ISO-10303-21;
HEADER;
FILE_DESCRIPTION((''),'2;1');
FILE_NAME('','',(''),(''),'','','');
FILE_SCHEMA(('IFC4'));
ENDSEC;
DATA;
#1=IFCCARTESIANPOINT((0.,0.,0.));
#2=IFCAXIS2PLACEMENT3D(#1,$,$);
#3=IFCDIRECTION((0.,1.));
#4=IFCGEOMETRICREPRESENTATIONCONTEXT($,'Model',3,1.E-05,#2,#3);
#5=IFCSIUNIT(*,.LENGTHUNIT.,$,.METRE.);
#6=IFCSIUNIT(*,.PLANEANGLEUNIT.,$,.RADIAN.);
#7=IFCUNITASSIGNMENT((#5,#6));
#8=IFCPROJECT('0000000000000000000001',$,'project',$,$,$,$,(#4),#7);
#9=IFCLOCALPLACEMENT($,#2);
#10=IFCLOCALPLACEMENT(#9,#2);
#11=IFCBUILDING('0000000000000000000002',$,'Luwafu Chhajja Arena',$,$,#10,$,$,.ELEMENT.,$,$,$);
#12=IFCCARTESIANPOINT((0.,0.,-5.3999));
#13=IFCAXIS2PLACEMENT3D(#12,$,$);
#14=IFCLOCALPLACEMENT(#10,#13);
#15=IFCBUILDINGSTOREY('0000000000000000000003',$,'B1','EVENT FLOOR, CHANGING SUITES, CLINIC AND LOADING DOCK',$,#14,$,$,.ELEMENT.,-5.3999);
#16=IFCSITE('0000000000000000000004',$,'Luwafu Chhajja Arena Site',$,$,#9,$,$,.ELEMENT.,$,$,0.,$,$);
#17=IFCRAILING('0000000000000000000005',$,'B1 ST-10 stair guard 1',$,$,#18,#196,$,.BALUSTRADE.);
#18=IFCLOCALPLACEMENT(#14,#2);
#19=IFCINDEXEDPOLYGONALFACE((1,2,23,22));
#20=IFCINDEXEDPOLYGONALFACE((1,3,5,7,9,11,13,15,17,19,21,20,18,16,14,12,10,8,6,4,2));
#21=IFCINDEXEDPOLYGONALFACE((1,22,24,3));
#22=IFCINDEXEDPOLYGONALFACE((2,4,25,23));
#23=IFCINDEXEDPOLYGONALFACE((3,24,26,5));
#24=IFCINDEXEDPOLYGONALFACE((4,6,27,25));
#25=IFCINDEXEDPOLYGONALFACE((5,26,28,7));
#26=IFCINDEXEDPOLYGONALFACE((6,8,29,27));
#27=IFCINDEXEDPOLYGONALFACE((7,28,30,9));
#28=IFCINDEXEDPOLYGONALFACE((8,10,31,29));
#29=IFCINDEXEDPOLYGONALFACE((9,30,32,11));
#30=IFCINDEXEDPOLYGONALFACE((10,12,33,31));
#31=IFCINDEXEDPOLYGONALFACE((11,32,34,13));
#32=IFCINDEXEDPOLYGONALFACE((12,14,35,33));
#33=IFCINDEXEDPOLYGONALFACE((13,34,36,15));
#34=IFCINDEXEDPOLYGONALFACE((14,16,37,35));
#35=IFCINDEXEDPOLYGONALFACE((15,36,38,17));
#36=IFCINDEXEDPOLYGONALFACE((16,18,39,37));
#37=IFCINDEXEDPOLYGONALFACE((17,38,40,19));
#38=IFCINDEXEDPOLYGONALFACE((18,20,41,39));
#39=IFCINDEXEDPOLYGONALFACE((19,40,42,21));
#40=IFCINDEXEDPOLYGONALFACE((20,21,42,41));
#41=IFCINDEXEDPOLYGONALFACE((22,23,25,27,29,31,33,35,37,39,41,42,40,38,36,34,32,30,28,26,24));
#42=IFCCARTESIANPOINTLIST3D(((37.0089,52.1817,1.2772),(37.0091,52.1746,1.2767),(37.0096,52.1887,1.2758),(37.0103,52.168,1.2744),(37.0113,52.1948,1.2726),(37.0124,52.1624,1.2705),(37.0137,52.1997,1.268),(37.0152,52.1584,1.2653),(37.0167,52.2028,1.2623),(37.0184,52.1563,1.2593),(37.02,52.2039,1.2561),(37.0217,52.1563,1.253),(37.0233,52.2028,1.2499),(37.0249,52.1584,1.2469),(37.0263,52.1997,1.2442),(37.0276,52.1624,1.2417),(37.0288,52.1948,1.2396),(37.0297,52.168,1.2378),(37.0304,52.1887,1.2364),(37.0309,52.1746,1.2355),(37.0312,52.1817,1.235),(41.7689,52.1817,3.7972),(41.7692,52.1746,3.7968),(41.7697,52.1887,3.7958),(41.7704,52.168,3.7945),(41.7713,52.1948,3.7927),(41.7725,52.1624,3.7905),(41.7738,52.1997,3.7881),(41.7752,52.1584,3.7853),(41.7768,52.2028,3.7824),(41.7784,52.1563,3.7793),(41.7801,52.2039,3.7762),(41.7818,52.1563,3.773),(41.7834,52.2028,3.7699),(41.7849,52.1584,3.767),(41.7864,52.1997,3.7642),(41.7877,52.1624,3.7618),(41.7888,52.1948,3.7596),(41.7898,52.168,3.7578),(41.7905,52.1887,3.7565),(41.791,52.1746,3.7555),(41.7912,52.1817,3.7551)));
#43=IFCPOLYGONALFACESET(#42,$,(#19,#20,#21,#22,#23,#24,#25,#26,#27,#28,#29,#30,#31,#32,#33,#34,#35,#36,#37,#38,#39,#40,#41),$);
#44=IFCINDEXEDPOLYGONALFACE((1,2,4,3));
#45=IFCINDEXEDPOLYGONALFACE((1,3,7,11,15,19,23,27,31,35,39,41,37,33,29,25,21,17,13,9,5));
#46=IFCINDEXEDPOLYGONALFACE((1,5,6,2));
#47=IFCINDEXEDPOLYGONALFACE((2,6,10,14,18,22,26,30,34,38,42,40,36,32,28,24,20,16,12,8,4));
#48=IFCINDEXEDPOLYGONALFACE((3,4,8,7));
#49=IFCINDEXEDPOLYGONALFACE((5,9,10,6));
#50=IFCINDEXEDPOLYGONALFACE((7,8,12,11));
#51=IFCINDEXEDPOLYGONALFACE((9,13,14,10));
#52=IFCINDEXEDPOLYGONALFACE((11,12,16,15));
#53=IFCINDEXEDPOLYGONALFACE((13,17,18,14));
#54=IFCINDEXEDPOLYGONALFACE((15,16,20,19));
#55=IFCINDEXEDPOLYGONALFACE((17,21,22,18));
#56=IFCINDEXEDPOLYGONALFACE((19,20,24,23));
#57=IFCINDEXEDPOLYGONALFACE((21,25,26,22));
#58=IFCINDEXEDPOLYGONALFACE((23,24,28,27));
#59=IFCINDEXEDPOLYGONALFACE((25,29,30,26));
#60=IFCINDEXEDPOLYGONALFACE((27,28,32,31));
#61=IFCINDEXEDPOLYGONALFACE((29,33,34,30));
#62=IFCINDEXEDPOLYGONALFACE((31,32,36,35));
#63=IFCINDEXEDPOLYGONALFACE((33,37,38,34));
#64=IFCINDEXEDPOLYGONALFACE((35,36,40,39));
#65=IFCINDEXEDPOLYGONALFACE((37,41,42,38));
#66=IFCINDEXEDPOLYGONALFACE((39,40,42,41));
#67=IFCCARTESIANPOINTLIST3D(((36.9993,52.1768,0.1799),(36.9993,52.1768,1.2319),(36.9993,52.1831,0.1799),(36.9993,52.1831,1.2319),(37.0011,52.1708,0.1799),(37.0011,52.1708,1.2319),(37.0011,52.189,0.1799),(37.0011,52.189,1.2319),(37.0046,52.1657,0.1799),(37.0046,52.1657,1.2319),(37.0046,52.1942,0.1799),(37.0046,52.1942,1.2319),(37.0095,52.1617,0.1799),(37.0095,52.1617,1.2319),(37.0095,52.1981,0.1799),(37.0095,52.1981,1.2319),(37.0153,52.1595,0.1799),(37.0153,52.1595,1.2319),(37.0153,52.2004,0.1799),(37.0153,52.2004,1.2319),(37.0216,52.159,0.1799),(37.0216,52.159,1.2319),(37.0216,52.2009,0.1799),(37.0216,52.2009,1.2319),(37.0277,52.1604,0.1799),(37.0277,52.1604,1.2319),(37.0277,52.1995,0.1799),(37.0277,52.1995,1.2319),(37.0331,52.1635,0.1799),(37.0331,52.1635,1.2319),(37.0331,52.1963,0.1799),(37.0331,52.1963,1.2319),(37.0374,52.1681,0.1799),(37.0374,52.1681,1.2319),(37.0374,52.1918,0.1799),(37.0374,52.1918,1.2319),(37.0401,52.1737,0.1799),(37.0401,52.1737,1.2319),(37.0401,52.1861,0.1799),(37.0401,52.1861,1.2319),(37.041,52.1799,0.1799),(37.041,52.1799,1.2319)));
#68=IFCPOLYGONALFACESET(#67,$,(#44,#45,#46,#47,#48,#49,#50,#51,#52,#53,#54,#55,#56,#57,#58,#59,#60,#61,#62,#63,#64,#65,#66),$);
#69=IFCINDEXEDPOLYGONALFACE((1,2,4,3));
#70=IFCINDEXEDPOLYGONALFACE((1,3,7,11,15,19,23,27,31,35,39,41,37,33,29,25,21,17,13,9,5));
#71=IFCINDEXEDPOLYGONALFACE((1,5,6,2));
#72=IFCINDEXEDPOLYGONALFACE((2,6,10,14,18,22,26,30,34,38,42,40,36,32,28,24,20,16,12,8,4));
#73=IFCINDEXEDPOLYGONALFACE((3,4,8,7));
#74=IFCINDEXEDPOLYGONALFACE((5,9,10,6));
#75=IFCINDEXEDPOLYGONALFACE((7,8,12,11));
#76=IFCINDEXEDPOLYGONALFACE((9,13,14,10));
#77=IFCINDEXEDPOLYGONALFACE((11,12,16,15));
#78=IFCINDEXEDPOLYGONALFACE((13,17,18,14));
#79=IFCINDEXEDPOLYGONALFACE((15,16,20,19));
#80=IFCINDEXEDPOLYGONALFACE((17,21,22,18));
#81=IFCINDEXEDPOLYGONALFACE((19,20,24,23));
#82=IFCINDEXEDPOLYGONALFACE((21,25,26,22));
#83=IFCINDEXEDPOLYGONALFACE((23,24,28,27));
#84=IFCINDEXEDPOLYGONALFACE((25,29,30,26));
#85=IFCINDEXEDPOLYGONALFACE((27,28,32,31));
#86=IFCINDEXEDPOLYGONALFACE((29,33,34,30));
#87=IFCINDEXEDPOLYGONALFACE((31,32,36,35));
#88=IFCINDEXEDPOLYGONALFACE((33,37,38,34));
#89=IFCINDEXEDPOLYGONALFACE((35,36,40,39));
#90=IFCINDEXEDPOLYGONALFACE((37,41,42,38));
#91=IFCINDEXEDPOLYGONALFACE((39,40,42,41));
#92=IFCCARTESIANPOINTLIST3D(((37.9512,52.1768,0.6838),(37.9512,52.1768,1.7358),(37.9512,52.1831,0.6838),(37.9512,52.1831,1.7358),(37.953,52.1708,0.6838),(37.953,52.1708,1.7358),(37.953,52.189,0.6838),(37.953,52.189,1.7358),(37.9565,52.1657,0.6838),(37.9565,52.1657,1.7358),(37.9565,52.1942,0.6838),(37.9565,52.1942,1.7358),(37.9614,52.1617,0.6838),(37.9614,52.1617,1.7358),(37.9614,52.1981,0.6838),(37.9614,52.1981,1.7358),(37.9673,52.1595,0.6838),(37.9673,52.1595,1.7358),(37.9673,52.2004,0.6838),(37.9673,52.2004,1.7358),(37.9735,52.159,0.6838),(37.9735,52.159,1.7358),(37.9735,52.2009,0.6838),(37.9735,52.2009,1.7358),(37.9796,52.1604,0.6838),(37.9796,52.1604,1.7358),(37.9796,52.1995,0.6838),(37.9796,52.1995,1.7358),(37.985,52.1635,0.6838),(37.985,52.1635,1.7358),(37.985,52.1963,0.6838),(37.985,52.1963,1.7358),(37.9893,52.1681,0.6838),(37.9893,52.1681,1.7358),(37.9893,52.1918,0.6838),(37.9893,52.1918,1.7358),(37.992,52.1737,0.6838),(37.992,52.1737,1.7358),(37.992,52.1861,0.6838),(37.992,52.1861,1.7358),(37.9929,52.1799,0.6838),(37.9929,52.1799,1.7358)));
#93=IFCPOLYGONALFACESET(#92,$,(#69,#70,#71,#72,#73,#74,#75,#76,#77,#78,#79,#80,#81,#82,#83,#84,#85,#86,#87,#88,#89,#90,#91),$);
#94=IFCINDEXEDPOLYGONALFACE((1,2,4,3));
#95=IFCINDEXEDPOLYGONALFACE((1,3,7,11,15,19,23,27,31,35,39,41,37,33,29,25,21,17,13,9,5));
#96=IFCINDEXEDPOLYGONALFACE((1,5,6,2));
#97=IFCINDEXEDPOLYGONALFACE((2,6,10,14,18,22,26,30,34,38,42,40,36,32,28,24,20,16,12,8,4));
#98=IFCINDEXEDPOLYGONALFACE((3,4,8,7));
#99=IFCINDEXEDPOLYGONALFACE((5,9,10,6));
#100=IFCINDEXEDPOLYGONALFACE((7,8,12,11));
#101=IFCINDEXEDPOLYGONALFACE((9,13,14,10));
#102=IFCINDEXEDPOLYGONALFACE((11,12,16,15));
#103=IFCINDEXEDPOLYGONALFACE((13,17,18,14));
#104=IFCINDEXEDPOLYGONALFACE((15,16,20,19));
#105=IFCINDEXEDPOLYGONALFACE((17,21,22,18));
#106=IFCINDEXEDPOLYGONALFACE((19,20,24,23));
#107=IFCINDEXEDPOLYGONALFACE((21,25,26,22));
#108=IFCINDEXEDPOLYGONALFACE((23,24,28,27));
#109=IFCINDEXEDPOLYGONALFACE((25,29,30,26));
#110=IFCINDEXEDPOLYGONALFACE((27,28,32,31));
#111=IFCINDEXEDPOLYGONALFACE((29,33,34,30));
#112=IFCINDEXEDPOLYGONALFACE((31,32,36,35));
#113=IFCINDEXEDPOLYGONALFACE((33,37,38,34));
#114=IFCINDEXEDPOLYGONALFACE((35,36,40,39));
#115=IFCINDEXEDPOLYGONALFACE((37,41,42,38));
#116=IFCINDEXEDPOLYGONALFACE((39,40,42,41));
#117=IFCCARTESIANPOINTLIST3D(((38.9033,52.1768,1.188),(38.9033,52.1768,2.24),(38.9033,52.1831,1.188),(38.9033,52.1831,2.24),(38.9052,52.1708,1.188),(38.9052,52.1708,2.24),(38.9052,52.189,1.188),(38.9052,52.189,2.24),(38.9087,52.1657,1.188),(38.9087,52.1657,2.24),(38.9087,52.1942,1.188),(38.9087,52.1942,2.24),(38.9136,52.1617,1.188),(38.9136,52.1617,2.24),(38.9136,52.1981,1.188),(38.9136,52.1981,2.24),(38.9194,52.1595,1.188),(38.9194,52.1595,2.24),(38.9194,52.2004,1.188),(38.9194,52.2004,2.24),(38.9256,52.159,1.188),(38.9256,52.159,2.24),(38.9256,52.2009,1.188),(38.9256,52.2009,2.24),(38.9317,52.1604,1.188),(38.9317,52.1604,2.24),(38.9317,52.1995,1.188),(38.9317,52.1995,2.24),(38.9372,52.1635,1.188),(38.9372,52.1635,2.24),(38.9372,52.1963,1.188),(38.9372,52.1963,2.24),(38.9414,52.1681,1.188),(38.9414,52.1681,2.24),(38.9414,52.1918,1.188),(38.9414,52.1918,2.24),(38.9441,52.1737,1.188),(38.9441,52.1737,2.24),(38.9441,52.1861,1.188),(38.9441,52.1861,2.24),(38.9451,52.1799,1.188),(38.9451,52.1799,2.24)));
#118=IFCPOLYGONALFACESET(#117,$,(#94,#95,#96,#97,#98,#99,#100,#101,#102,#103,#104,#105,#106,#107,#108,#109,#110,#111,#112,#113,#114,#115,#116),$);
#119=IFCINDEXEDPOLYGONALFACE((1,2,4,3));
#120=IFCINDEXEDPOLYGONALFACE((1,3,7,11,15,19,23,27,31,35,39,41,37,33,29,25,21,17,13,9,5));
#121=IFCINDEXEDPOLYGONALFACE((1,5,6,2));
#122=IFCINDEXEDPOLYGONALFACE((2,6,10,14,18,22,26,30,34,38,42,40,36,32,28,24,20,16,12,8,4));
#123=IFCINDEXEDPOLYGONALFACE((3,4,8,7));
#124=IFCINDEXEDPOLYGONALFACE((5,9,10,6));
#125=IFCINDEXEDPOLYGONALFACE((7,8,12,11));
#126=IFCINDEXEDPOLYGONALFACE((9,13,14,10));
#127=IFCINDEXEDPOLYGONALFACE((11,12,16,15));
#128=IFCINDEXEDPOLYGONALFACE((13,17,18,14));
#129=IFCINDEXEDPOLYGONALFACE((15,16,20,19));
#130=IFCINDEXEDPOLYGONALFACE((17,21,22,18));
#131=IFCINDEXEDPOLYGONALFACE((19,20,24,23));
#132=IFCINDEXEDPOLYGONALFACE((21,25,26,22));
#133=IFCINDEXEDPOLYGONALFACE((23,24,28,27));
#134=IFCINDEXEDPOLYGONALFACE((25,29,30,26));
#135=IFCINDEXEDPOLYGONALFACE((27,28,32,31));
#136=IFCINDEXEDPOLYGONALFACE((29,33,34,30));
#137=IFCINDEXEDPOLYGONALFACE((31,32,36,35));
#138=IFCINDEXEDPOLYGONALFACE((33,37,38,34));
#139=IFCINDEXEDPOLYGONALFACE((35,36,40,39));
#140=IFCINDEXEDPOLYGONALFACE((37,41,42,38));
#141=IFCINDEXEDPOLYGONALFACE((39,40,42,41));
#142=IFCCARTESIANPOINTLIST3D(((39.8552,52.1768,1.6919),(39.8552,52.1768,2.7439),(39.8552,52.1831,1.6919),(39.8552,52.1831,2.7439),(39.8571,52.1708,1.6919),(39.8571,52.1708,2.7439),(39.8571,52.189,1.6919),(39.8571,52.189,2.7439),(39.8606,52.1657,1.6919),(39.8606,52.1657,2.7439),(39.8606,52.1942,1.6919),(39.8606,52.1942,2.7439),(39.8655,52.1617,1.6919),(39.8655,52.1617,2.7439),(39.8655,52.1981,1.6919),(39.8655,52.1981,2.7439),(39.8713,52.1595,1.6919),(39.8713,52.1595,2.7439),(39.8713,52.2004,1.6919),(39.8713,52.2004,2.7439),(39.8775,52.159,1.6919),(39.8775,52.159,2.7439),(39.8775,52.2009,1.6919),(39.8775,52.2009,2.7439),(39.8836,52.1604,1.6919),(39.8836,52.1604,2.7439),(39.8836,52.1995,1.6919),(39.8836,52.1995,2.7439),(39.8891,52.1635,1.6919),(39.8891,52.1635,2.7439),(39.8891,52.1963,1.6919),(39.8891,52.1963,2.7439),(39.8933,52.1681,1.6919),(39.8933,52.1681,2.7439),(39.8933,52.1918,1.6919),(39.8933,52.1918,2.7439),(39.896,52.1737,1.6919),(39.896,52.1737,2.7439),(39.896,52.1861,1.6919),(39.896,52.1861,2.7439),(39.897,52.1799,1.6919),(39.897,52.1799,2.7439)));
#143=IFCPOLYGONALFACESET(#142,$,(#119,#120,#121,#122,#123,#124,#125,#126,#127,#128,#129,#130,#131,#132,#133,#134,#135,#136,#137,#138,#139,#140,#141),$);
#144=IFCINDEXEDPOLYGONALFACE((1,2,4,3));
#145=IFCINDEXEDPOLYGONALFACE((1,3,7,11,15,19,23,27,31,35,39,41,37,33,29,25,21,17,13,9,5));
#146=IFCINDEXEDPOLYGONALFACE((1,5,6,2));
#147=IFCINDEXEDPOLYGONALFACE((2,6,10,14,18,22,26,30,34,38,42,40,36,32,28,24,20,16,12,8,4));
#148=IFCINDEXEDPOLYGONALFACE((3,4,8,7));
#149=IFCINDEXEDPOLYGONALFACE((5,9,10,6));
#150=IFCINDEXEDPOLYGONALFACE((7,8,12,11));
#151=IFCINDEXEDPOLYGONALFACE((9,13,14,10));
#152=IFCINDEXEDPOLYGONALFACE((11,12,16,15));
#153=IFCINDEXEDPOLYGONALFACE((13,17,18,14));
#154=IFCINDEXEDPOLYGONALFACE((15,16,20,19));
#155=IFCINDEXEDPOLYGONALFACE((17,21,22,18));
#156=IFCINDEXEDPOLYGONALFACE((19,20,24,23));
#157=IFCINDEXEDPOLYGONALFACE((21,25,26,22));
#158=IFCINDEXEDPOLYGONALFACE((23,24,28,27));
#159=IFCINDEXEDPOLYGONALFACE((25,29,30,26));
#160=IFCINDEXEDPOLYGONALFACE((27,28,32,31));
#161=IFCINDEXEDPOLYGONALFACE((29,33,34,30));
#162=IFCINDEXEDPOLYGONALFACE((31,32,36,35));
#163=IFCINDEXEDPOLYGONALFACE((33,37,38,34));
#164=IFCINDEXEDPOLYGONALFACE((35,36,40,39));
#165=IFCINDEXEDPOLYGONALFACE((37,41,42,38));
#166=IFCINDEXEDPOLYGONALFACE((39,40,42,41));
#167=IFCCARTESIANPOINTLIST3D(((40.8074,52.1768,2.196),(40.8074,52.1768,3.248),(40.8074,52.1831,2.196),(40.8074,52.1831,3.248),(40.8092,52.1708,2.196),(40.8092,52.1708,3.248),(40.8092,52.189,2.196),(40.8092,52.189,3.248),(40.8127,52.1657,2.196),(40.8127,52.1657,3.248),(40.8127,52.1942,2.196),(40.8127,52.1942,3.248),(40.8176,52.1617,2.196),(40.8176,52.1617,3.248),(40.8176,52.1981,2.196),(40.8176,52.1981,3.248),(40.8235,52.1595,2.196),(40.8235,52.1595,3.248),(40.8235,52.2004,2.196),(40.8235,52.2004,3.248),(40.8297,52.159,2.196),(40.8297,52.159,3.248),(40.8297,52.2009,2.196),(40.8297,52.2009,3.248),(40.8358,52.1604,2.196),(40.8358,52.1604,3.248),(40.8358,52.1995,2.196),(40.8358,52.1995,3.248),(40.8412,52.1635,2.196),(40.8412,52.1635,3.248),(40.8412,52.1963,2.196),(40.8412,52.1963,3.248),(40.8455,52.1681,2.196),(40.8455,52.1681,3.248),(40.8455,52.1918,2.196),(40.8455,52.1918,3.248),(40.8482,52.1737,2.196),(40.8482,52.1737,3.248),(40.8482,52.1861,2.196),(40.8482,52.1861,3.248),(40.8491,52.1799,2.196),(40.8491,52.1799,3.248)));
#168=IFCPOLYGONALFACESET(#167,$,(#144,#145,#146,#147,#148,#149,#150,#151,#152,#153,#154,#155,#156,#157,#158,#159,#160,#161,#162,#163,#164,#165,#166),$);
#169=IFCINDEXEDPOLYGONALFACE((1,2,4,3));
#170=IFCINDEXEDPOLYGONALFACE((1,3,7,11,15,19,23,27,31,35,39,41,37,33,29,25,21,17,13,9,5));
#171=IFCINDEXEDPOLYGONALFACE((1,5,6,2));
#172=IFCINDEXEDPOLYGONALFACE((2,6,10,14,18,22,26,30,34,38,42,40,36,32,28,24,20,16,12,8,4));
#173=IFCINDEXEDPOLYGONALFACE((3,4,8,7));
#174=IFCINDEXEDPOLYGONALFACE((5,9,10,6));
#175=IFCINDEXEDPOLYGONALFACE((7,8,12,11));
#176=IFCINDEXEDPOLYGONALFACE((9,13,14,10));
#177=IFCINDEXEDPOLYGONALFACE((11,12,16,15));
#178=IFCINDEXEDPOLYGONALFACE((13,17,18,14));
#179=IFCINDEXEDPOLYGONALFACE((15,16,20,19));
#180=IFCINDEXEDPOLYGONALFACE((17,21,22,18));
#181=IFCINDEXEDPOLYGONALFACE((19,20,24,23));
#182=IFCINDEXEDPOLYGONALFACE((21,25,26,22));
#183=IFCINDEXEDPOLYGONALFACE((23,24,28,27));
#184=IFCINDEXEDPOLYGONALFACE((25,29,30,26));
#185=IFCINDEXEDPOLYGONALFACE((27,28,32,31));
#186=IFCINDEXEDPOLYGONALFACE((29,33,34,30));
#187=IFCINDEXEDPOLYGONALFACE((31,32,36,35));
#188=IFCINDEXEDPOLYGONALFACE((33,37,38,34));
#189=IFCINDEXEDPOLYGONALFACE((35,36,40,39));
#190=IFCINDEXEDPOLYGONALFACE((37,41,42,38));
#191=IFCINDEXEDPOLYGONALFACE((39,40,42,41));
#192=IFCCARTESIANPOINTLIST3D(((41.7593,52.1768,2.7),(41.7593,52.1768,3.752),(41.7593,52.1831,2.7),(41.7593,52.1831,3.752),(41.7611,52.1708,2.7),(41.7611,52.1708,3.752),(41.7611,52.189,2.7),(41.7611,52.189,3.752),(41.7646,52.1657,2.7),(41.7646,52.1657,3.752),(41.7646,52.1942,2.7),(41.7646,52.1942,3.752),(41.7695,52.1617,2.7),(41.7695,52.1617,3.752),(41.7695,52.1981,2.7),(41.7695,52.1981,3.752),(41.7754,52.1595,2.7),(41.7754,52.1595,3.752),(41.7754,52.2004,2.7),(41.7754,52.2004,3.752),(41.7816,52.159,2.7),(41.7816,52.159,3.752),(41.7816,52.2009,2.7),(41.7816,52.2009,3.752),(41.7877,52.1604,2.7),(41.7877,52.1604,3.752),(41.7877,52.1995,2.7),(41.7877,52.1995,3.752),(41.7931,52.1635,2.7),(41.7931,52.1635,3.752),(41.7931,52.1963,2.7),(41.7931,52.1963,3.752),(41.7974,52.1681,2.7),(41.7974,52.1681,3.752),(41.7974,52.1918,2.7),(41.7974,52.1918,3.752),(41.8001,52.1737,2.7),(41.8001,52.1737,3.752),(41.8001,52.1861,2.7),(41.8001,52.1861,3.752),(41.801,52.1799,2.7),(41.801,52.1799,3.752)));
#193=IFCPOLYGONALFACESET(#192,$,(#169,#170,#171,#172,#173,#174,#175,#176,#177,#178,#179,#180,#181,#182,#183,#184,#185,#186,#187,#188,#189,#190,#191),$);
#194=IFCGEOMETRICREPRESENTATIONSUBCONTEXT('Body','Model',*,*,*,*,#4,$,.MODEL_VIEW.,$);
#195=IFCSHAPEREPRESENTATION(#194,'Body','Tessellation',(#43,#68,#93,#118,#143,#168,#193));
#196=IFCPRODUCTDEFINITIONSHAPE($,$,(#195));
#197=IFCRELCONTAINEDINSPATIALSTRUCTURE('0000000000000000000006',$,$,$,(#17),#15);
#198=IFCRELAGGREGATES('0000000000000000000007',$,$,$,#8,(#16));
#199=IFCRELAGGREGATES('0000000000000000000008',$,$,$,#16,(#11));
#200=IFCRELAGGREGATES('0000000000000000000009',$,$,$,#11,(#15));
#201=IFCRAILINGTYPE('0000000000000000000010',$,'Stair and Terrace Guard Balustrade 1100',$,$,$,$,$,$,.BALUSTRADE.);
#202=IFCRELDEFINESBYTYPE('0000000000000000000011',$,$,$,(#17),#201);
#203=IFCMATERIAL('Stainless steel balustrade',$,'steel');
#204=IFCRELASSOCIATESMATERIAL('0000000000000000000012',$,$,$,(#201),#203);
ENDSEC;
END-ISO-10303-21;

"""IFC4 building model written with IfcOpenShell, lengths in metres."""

from ifc_helpers import new_model, si_unit, direction, frame, origin, origin_2d, place, context, subcontext, project, spatial, circle, extrude, material, type_object, element, save


model = new_model("IFC4")

# Units and contexts
model_context = context("Model", 3, precision=1e-05, world=origin(), true_north=direction((0.0, 1.0)))
body_context = subcontext(model_context, "Body", "Model", "MODEL_VIEW")
ifc_project = project(units=[si_unit("LENGTHUNIT", "METRE"), si_unit("PLANEANGLEUNIT", "RADIAN")], contexts=[model_context])

# Site, building, storey
site_placement = place(None, origin())
site = spatial("IfcSite", under=ifc_project, at=site_placement, Name="Luwafu Chhajja Arena Site", CompositionType="ELEMENT", RefElevation=0.0)
building_placement = place(site_placement, origin())
building = spatial("IfcBuilding", under=site, at=building_placement, Name="Luwafu Chhajja Arena", CompositionType="ELEMENT")
storey_placement = place(building_placement, frame((0.0, 0.0, -5.3999)))
storey = spatial("IfcBuildingStorey", under=building, at=storey_placement, Name="B1", Description="EVENT FLOOR, CHANGING SUITES, CLINIC AND LOADING DOCK", CompositionType="ELEMENT", Elevation=-5.3999)

# Railing
ifc_material_1 = material(Name="Stainless steel balustrade", Category="steel")
railing_type_1 = type_object("IfcRailingType", Name="Stair and Terrace Guard Balustrade 1100", PredefinedType="BALUSTRADE", material=ifc_material_1)
railing_1_placement = place(storey_placement, frame((37.02, 52.1799, 0.1799)))
element("IfcRailing", 1, at=railing_1_placement, inside=storey, type_object=railing_type_1, Name="B1 ST-10 stair guard 1", PredefinedType="BALUSTRADE", context=body_context, shape_type="SweptSolid", body=[
    extrude(circle(Radius=0.0239, at=origin_2d()), frame((0.0, 0.0, 1.0762), z_axis=(0.883787, 0.0, 0.46789), x_axis=(0.0, 1.0, 0.0)), (0.0, 0.0, 1.0), 5.386),
    extrude(circle(Radius=0.021, at=origin_2d()), origin(), (0.0, 0.0, 1.0), 1.052),
    extrude(circle(Radius=0.021, at=origin_2d()), frame((0.9519, 0.0, 0.5039)), (0.0, 0.0, 1.0), 1.052),
    extrude(circle(Radius=0.021, at=origin_2d()), frame((1.9041, 0.0, 1.0081)), (0.0, 0.0, 1.0), 1.052),
    extrude(circle(Radius=0.021, at=origin_2d()), frame((2.856, 0.0, 1.512)), (0.0, 0.0, 1.0), 1.052),
    extrude(circle(Radius=0.021, at=origin_2d()), frame((3.8081, 0.0, 2.0161)), (0.0, 0.0, 1.0), 1.052),
    extrude(circle(Radius=0.021, at=origin_2d()), frame((4.76, 0.0, 2.52)), (0.0, 0.0, 1.0), 1.052),
])

save(model, "model.ifc")
